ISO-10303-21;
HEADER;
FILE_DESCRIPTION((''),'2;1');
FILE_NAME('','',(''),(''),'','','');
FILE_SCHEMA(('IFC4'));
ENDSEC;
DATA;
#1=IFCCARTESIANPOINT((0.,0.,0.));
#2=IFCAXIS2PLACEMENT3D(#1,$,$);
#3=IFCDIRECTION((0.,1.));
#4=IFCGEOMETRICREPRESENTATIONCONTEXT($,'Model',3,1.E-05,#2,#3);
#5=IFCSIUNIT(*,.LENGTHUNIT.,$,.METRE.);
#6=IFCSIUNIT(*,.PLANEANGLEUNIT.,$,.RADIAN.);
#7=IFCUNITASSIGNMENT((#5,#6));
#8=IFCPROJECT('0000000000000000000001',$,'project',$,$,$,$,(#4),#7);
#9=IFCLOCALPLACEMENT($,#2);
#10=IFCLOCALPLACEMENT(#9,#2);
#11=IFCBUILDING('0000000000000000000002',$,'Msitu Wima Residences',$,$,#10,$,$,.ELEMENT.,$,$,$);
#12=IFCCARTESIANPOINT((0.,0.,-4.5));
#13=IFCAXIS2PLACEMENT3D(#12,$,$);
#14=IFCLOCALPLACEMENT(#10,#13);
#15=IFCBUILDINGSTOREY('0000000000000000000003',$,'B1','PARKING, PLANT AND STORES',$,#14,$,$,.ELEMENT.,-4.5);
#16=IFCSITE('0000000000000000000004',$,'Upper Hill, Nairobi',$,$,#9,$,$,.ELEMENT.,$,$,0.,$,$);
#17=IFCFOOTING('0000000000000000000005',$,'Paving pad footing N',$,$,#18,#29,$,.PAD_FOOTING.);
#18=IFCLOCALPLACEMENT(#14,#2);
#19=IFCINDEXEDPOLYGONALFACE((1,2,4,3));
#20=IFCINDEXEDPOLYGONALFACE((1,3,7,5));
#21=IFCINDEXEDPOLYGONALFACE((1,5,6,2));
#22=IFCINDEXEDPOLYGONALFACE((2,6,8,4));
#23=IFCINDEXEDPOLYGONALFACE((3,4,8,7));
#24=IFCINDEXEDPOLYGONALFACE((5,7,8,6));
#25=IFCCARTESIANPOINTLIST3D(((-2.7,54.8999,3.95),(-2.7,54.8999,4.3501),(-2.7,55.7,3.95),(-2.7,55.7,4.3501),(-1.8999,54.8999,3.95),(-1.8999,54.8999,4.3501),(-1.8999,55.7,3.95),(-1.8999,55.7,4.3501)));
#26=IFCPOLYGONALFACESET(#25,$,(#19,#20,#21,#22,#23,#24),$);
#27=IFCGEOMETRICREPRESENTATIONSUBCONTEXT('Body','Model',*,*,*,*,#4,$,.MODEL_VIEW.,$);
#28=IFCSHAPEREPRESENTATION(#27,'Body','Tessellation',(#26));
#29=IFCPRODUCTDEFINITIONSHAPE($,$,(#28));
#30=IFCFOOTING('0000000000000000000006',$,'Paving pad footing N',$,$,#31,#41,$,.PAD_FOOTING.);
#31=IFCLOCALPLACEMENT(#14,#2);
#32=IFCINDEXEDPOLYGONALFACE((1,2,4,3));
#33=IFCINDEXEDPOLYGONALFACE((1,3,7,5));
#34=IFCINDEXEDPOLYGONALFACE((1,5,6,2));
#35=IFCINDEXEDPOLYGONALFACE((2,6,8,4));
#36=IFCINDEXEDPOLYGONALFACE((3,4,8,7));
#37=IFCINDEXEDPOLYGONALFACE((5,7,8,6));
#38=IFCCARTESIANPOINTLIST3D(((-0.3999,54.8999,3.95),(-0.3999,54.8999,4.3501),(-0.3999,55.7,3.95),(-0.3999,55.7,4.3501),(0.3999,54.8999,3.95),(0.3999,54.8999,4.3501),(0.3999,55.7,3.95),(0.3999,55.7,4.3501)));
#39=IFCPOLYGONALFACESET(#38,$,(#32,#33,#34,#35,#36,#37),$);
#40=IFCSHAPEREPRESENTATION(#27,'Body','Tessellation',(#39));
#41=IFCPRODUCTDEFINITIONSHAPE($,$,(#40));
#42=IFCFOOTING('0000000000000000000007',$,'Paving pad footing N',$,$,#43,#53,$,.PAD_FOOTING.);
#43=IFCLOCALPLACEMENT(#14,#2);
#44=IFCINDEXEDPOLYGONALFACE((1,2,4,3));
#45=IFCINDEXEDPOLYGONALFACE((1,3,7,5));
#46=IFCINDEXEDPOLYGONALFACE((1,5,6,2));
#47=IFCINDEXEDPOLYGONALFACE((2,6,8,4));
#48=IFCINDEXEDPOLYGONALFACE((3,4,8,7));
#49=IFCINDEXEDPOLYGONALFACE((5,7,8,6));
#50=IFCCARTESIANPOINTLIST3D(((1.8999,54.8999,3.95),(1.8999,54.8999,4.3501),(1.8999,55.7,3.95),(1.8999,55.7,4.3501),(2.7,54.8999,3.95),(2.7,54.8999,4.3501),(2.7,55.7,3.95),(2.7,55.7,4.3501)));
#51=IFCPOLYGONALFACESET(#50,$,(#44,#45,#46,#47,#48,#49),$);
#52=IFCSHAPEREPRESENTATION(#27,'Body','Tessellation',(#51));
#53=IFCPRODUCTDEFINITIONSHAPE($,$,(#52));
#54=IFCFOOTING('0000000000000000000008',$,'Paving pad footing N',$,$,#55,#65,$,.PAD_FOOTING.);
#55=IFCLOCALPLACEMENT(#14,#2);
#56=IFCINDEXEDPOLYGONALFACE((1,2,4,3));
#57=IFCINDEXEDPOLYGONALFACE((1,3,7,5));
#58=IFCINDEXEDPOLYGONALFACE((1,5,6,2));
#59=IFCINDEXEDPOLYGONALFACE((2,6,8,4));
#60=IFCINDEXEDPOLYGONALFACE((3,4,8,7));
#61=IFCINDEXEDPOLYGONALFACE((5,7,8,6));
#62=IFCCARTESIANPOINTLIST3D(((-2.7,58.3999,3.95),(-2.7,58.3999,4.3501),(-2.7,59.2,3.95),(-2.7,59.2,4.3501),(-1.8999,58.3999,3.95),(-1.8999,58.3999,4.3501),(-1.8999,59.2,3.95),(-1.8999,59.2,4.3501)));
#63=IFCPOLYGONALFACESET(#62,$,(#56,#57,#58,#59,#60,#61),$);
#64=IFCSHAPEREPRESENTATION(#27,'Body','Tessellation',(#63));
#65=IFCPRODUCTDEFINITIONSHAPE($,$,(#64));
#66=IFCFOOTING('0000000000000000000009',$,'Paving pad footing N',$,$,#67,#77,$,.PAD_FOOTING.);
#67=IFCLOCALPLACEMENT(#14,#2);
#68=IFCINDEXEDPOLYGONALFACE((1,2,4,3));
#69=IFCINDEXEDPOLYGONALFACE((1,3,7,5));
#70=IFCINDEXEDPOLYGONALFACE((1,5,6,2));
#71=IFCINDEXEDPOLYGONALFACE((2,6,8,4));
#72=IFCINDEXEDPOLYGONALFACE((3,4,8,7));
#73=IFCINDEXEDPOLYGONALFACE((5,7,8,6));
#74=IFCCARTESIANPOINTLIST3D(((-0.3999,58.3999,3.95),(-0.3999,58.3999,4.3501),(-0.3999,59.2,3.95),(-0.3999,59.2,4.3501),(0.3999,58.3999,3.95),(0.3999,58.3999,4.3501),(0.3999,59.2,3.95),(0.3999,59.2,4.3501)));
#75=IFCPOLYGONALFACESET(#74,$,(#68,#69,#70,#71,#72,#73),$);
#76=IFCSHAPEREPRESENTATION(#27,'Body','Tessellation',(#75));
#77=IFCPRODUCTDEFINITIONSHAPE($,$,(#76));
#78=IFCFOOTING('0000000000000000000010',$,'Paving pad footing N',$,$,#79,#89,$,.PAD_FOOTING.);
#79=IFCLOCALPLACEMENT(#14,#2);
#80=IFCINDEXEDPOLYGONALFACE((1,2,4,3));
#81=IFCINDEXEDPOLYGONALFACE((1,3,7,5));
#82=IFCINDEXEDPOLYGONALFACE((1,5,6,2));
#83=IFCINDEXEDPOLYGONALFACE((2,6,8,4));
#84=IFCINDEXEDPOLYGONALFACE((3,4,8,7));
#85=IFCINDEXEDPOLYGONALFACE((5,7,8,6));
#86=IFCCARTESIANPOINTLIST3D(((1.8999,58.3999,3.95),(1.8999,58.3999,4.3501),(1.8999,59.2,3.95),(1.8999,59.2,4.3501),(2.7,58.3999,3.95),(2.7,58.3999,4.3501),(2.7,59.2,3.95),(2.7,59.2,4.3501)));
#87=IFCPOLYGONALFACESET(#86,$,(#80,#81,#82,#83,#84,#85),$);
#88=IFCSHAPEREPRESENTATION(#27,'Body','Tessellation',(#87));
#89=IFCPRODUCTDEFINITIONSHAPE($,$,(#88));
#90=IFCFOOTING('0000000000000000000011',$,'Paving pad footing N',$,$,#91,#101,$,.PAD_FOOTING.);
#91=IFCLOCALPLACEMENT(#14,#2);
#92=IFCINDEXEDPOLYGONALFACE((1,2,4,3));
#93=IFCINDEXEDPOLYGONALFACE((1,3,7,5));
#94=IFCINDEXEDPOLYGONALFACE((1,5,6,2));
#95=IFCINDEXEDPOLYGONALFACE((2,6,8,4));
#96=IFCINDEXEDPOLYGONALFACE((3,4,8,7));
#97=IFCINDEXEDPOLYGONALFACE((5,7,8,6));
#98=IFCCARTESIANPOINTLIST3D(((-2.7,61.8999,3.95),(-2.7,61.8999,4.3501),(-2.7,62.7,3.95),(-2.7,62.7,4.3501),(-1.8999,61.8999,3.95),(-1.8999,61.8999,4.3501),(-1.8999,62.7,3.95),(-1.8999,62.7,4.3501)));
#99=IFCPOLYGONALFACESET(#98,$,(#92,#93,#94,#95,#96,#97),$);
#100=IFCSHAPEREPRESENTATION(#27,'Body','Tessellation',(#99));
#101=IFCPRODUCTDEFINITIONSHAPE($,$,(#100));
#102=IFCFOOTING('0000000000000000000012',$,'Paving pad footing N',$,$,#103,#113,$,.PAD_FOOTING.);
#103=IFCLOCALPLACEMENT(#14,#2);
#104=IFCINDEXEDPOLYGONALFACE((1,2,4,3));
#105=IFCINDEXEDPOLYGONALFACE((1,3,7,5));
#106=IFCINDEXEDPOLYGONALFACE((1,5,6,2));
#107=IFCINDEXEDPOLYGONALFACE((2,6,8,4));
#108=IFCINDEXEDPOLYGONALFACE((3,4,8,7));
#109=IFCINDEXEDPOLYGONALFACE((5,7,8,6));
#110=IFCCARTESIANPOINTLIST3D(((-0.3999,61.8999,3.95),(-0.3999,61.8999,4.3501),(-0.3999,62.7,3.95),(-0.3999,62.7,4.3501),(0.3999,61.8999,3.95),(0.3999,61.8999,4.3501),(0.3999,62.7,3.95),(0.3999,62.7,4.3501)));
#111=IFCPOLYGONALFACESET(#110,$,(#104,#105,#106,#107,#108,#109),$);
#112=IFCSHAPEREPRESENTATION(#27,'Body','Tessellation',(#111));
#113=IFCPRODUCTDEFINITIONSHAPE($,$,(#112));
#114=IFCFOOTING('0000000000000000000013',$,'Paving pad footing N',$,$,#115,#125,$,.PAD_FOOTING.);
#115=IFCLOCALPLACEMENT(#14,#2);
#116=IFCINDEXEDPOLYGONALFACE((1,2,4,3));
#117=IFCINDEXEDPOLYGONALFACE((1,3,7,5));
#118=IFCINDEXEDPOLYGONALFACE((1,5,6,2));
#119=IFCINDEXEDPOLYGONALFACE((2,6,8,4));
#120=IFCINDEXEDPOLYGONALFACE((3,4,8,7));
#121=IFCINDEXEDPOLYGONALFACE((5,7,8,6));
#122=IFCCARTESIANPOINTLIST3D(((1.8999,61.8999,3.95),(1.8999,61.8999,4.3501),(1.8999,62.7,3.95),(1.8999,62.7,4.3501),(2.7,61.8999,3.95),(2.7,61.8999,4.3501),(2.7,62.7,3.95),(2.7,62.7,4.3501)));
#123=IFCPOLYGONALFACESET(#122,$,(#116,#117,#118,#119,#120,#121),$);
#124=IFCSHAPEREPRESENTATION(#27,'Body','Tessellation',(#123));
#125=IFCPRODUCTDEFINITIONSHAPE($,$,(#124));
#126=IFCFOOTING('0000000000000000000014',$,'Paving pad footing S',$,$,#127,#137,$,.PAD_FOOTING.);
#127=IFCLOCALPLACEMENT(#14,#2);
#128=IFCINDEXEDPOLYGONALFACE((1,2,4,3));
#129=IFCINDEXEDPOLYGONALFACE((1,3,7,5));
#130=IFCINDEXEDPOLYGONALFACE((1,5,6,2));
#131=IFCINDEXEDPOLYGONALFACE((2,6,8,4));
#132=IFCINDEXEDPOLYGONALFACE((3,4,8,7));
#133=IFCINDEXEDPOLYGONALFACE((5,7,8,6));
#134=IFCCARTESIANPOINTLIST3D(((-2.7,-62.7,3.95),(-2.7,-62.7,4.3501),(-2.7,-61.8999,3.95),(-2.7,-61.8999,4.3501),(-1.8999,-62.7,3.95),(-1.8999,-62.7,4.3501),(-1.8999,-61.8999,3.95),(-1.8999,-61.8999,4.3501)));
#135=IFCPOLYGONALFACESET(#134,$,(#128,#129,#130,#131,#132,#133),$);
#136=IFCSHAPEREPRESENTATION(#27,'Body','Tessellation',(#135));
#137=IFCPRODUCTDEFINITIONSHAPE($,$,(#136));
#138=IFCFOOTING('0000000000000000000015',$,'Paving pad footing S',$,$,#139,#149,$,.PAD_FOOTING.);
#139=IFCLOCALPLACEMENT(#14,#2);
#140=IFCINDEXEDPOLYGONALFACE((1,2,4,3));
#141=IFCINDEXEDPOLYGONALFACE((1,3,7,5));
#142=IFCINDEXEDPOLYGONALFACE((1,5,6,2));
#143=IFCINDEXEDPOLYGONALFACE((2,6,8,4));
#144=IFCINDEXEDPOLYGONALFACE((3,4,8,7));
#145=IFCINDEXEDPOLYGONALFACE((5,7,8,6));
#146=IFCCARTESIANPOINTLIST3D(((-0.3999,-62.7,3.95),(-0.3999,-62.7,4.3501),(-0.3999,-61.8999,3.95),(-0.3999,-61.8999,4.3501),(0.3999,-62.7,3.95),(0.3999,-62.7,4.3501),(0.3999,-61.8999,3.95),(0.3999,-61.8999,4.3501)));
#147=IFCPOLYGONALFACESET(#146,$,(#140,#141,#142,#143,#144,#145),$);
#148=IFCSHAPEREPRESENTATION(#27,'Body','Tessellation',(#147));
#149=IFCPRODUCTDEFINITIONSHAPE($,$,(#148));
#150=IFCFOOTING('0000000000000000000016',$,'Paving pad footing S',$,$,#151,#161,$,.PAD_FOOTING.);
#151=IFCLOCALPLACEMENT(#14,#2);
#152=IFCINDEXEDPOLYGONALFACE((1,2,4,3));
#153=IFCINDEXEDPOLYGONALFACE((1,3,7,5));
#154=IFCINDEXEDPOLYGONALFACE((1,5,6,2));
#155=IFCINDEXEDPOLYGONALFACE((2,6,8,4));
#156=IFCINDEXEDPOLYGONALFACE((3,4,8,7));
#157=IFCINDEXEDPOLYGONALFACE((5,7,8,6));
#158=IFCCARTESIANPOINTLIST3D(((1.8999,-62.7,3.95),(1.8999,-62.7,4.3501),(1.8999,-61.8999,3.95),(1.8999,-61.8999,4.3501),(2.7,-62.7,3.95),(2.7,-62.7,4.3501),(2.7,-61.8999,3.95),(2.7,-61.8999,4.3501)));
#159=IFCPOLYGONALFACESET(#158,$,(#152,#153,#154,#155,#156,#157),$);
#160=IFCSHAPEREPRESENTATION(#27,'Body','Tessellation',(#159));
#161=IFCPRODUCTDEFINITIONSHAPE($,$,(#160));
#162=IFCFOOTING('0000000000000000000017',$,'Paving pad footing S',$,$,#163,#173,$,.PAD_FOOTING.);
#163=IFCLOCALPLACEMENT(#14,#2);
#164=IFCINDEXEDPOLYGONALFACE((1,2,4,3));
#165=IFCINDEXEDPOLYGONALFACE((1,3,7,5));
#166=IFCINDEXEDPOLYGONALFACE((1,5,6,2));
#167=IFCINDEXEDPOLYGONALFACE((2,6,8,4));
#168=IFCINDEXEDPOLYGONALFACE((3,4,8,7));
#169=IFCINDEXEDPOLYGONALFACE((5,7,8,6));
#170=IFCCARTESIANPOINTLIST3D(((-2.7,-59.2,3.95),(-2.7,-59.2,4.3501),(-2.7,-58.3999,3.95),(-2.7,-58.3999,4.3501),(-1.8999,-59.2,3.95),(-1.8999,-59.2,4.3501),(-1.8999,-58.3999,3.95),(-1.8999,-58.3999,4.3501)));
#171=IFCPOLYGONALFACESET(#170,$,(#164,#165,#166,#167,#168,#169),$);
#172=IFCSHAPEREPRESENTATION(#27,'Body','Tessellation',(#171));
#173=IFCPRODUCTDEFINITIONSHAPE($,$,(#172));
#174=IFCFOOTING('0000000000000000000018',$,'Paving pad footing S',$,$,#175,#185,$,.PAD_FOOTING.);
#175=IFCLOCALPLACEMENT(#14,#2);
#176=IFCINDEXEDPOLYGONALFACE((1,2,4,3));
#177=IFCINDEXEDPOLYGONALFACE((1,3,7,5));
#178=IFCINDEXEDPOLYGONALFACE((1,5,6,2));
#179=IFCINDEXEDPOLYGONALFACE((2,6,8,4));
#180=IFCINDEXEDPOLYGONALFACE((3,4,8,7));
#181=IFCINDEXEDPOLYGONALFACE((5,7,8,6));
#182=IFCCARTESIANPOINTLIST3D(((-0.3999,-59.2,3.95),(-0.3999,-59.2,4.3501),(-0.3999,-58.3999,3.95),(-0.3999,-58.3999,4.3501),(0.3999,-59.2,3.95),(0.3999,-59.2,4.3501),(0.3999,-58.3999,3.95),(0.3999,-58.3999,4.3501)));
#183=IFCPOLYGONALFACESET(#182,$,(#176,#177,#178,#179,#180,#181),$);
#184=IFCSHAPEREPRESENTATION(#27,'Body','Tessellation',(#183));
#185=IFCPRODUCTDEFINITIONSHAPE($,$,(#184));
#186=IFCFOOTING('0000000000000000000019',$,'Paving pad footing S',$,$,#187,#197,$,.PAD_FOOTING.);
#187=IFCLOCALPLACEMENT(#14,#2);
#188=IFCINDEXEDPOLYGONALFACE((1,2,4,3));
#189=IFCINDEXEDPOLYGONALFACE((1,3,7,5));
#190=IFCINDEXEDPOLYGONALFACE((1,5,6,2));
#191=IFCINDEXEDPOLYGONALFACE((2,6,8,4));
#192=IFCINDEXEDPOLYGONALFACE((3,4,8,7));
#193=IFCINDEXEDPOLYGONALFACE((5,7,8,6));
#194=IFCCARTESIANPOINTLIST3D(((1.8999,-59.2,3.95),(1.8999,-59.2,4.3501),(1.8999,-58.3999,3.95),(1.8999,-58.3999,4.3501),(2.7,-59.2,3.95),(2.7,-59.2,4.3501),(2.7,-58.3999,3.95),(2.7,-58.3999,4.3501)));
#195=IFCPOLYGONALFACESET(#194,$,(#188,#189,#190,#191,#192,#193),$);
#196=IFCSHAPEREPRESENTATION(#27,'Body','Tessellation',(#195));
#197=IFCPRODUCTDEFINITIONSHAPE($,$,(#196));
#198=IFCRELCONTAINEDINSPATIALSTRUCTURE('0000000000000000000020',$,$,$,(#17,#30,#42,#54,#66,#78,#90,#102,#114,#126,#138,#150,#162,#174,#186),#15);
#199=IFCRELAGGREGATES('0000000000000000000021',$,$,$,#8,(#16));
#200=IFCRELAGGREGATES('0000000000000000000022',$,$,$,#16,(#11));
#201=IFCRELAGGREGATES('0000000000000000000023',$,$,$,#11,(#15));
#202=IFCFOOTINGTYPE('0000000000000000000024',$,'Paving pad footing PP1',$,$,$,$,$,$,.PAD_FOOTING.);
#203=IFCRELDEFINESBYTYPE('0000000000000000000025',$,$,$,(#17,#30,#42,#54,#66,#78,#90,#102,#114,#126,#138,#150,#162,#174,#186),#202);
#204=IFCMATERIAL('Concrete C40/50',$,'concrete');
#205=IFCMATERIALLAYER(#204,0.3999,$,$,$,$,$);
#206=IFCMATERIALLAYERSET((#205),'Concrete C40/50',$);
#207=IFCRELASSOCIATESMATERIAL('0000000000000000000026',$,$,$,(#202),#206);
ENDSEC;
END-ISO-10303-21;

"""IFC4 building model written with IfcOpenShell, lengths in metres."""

from ifc_helpers import new_model, si_unit, direction, frame, origin, place, context, subcontext, project, spatial, polyline, outline, extrude, material, layer, layer_set, type_object, element, save


model = new_model("IFC4")

# Units and contexts
model_context = context("Model", 3, precision=1e-05, world=origin(), true_north=direction((0.0, 1.0)))
body_context = subcontext(model_context, "Body", "Model", "MODEL_VIEW")
ifc_project = project(units=[si_unit("LENGTHUNIT", "METRE"), si_unit("PLANEANGLEUNIT", "RADIAN")], contexts=[model_context])

# Site, building, storey
site_placement = place(None, origin())
site = spatial("IfcSite", under=ifc_project, at=site_placement, Name="Upper Hill, Nairobi", CompositionType="ELEMENT", RefElevation=0.0)
building_placement = place(site_placement, origin())
building = spatial("IfcBuilding", under=site, at=building_placement, Name="Msitu Wima Residences", CompositionType="ELEMENT")
storey_placement = place(building_placement, frame((0.0, 0.0, -4.5)))
storey = spatial("IfcBuildingStorey", under=building, at=storey_placement, Name="B1", Description="PARKING, PLANT AND STORES", CompositionType="ELEMENT", Elevation=-4.5)

# Footings
ifc_material = material(Name="Concrete C40/50", Category="concrete")
ifc_layer = layer(ifc_material, 0.3999)
ifc_layer_set = layer_set([ifc_layer], Name="Concrete C40/50")
footing_type = type_object("IfcFootingType", Name="Paving pad footing PP1", PredefinedType="PAD_FOOTING", material=ifc_layer_set)
footing_1_placement = place(storey_placement, frame((0.0, 0.0, 3.95)))
element("IfcFooting", 1, at=footing_1_placement, inside=storey, type_object=footing_type, Name="Paving pad footing N", PredefinedType="PAD_FOOTING", context=body_context, shape_type="SweptSolid", body=[
    extrude(outline(polyline([(-1.8999, 54.8999), (-1.8999, 55.7), (-2.7, 55.7), (-2.7, 54.8999), (-1.8999, 54.8999)])), origin(), (0.0, 0.0, 1.0), 0.4001),
])
footing_2_placement = place(storey_placement, frame((0.0, 0.0, 3.95)))
element("IfcFooting", 2, at=footing_2_placement, inside=storey, type_object=footing_type, Name="Paving pad footing N", PredefinedType="PAD_FOOTING", context=body_context, shape_type="SweptSolid", body=[
    extrude(outline(polyline([(0.3999, 54.8999), (0.3999, 55.7), (-0.3999, 55.7), (-0.3999, 54.8999), (0.3999, 54.8999)])), origin(), (0.0, 0.0, 1.0), 0.4001),
])
footing_3_placement = place(storey_placement, frame((0.0, 0.0, 3.95)))
element("IfcFooting", 3, at=footing_3_placement, inside=storey, type_object=footing_type, Name="Paving pad footing N", PredefinedType="PAD_FOOTING", context=body_context, shape_type="SweptSolid", body=[
    extrude(outline(polyline([(2.7, 54.8999), (2.7, 55.7), (1.8999, 55.7), (1.8999, 54.8999), (2.7, 54.8999)])), origin(), (0.0, 0.0, 1.0), 0.4001),
])
footing_4_placement = place(storey_placement, frame((0.0, 0.0, 3.95)))
element("IfcFooting", 4, at=footing_4_placement, inside=storey, type_object=footing_type, Name="Paving pad footing N", PredefinedType="PAD_FOOTING", context=body_context, shape_type="SweptSolid", body=[
    extrude(outline(polyline([(-1.8999, 58.3999), (-1.8999, 59.2), (-2.7, 59.2), (-2.7, 58.3999), (-1.8999, 58.3999)])), origin(), (0.0, 0.0, 1.0), 0.4001),
])
footing_5_placement = place(storey_placement, frame((0.0, 0.0, 3.95)))
element("IfcFooting", 5, at=footing_5_placement, inside=storey, type_object=footing_type, Name="Paving pad footing N", PredefinedType="PAD_FOOTING", context=body_context, shape_type="SweptSolid", body=[
    extrude(outline(polyline([(0.3999, 58.3999), (0.3999, 59.2), (-0.3999, 59.2), (-0.3999, 58.3999), (0.3999, 58.3999)])), origin(), (0.0, 0.0, 1.0), 0.4001),
])
footing_6_placement = place(storey_placement, frame((0.0, 0.0, 3.95)))
element("IfcFooting", 6, at=footing_6_placement, inside=storey, type_object=footing_type, Name="Paving pad footing N", PredefinedType="PAD_FOOTING", context=body_context, shape_type="SweptSolid", body=[
    extrude(outline(polyline([(2.7, 58.3999), (2.7, 59.2), (1.8999, 59.2), (1.8999, 58.3999), (2.7, 58.3999)])), origin(), (0.0, 0.0, 1.0), 0.4001),
])
footing_7_placement = place(storey_placement, frame((0.0, 0.0, 3.95)))
element("IfcFooting", 7, at=footing_7_placement, inside=storey, type_object=footing_type, Name="Paving pad footing N", PredefinedType="PAD_FOOTING", context=body_context, shape_type="SweptSolid", body=[
    extrude(outline(polyline([(-1.8999, 61.8999), (-1.8999, 62.7), (-2.7, 62.7), (-2.7, 61.8999), (-1.8999, 61.8999)])), origin(), (0.0, 0.0, 1.0), 0.4001),
])
footing_8_placement = place(storey_placement, frame((0.0, 0.0, 3.95)))
element("IfcFooting", 8, at=footing_8_placement, inside=storey, type_object=footing_type, Name="Paving pad footing N", PredefinedType="PAD_FOOTING", context=body_context, shape_type="SweptSolid", body=[
    extrude(outline(polyline([(0.3999, 61.8999), (0.3999, 62.7), (-0.3999, 62.7), (-0.3999, 61.8999), (0.3999, 61.8999)])), origin(), (0.0, 0.0, 1.0), 0.4001),
])
footing_9_placement = place(storey_placement, frame((0.0, 0.0, 3.95)))
element("IfcFooting", 9, at=footing_9_placement, inside=storey, type_object=footing_type, Name="Paving pad footing N", PredefinedType="PAD_FOOTING", context=body_context, shape_type="SweptSolid", body=[
    extrude(outline(polyline([(2.7, 61.8999), (2.7, 62.7), (1.8999, 62.7), (1.8999, 61.8999), (2.7, 61.8999)])), origin(), (0.0, 0.0, 1.0), 0.4001),
])
footing_10_placement = place(storey_placement, frame((0.0, 0.0, 3.95)))
element("IfcFooting", 10, at=footing_10_placement, inside=storey, type_object=footing_type, Name="Paving pad footing S", PredefinedType="PAD_FOOTING", context=body_context, shape_type="SweptSolid", body=[
    extrude(outline(polyline([(-1.8999, -62.7), (-1.8999, -61.8999), (-2.7, -61.8999), (-2.7, -62.7), (-1.8999, -62.7)])), origin(), (0.0, 0.0, 1.0), 0.4001),
])
footing_11_placement = place(storey_placement, frame((0.0, 0.0, 3.95)))
element("IfcFooting", 11, at=footing_11_placement, inside=storey, type_object=footing_type, Name="Paving pad footing S", PredefinedType="PAD_FOOTING", context=body_context, shape_type="SweptSolid", body=[
    extrude(outline(polyline([(0.3999, -62.7), (0.3999, -61.8999), (-0.3999, -61.8999), (-0.3999, -62.7), (0.3999, -62.7)])), origin(), (0.0, 0.0, 1.0), 0.4001),
])
footing_12_placement = place(storey_placement, frame((0.0, 0.0, 3.95)))
element("IfcFooting", 12, at=footing_12_placement, inside=storey, type_object=footing_type, Name="Paving pad footing S", PredefinedType="PAD_FOOTING", context=body_context, shape_type="SweptSolid", body=[
    extrude(outline(polyline([(2.7, -62.7), (2.7, -61.8999), (1.8999, -61.8999), (1.8999, -62.7), (2.7, -62.7)])), origin(), (0.0, 0.0, 1.0), 0.4001),
])
footing_13_placement = place(storey_placement, frame((0.0, 0.0, 3.95)))
element("IfcFooting", 13, at=footing_13_placement, inside=storey, type_object=footing_type, Name="Paving pad footing S", PredefinedType="PAD_FOOTING", context=body_context, shape_type="SweptSolid", body=[
    extrude(outline(polyline([(-1.8999, -59.2), (-1.8999, -58.3999), (-2.7, -58.3999), (-2.7, -59.2), (-1.8999, -59.2)])), origin(), (0.0, 0.0, 1.0), 0.4001),
])
footing_14_placement = place(storey_placement, frame((0.0, 0.0, 3.95)))
element("IfcFooting", 14, at=footing_14_placement, inside=storey, type_object=footing_type, Name="Paving pad footing S", PredefinedType="PAD_FOOTING", context=body_context, shape_type="SweptSolid", body=[
    extrude(outline(polyline([(0.3999, -59.2), (0.3999, -58.3999), (-0.3999, -58.3999), (-0.3999, -59.2), (0.3999, -59.2)])), origin(), (0.0, 0.0, 1.0), 0.4001),
])
footing_15_placement = place(storey_placement, frame((0.0, 0.0, 3.95)))
element("IfcFooting", 15, at=footing_15_placement, inside=storey, type_object=footing_type, Name="Paving pad footing S", PredefinedType="PAD_FOOTING", context=body_context, shape_type="SweptSolid", body=[
    extrude(outline(polyline([(2.7, -59.2), (2.7, -58.3999), (1.8999, -58.3999), (1.8999, -59.2), (2.7, -59.2)])), origin(), (0.0, 0.0, 1.0), 0.4001),
])

save(model, "model.ifc")
